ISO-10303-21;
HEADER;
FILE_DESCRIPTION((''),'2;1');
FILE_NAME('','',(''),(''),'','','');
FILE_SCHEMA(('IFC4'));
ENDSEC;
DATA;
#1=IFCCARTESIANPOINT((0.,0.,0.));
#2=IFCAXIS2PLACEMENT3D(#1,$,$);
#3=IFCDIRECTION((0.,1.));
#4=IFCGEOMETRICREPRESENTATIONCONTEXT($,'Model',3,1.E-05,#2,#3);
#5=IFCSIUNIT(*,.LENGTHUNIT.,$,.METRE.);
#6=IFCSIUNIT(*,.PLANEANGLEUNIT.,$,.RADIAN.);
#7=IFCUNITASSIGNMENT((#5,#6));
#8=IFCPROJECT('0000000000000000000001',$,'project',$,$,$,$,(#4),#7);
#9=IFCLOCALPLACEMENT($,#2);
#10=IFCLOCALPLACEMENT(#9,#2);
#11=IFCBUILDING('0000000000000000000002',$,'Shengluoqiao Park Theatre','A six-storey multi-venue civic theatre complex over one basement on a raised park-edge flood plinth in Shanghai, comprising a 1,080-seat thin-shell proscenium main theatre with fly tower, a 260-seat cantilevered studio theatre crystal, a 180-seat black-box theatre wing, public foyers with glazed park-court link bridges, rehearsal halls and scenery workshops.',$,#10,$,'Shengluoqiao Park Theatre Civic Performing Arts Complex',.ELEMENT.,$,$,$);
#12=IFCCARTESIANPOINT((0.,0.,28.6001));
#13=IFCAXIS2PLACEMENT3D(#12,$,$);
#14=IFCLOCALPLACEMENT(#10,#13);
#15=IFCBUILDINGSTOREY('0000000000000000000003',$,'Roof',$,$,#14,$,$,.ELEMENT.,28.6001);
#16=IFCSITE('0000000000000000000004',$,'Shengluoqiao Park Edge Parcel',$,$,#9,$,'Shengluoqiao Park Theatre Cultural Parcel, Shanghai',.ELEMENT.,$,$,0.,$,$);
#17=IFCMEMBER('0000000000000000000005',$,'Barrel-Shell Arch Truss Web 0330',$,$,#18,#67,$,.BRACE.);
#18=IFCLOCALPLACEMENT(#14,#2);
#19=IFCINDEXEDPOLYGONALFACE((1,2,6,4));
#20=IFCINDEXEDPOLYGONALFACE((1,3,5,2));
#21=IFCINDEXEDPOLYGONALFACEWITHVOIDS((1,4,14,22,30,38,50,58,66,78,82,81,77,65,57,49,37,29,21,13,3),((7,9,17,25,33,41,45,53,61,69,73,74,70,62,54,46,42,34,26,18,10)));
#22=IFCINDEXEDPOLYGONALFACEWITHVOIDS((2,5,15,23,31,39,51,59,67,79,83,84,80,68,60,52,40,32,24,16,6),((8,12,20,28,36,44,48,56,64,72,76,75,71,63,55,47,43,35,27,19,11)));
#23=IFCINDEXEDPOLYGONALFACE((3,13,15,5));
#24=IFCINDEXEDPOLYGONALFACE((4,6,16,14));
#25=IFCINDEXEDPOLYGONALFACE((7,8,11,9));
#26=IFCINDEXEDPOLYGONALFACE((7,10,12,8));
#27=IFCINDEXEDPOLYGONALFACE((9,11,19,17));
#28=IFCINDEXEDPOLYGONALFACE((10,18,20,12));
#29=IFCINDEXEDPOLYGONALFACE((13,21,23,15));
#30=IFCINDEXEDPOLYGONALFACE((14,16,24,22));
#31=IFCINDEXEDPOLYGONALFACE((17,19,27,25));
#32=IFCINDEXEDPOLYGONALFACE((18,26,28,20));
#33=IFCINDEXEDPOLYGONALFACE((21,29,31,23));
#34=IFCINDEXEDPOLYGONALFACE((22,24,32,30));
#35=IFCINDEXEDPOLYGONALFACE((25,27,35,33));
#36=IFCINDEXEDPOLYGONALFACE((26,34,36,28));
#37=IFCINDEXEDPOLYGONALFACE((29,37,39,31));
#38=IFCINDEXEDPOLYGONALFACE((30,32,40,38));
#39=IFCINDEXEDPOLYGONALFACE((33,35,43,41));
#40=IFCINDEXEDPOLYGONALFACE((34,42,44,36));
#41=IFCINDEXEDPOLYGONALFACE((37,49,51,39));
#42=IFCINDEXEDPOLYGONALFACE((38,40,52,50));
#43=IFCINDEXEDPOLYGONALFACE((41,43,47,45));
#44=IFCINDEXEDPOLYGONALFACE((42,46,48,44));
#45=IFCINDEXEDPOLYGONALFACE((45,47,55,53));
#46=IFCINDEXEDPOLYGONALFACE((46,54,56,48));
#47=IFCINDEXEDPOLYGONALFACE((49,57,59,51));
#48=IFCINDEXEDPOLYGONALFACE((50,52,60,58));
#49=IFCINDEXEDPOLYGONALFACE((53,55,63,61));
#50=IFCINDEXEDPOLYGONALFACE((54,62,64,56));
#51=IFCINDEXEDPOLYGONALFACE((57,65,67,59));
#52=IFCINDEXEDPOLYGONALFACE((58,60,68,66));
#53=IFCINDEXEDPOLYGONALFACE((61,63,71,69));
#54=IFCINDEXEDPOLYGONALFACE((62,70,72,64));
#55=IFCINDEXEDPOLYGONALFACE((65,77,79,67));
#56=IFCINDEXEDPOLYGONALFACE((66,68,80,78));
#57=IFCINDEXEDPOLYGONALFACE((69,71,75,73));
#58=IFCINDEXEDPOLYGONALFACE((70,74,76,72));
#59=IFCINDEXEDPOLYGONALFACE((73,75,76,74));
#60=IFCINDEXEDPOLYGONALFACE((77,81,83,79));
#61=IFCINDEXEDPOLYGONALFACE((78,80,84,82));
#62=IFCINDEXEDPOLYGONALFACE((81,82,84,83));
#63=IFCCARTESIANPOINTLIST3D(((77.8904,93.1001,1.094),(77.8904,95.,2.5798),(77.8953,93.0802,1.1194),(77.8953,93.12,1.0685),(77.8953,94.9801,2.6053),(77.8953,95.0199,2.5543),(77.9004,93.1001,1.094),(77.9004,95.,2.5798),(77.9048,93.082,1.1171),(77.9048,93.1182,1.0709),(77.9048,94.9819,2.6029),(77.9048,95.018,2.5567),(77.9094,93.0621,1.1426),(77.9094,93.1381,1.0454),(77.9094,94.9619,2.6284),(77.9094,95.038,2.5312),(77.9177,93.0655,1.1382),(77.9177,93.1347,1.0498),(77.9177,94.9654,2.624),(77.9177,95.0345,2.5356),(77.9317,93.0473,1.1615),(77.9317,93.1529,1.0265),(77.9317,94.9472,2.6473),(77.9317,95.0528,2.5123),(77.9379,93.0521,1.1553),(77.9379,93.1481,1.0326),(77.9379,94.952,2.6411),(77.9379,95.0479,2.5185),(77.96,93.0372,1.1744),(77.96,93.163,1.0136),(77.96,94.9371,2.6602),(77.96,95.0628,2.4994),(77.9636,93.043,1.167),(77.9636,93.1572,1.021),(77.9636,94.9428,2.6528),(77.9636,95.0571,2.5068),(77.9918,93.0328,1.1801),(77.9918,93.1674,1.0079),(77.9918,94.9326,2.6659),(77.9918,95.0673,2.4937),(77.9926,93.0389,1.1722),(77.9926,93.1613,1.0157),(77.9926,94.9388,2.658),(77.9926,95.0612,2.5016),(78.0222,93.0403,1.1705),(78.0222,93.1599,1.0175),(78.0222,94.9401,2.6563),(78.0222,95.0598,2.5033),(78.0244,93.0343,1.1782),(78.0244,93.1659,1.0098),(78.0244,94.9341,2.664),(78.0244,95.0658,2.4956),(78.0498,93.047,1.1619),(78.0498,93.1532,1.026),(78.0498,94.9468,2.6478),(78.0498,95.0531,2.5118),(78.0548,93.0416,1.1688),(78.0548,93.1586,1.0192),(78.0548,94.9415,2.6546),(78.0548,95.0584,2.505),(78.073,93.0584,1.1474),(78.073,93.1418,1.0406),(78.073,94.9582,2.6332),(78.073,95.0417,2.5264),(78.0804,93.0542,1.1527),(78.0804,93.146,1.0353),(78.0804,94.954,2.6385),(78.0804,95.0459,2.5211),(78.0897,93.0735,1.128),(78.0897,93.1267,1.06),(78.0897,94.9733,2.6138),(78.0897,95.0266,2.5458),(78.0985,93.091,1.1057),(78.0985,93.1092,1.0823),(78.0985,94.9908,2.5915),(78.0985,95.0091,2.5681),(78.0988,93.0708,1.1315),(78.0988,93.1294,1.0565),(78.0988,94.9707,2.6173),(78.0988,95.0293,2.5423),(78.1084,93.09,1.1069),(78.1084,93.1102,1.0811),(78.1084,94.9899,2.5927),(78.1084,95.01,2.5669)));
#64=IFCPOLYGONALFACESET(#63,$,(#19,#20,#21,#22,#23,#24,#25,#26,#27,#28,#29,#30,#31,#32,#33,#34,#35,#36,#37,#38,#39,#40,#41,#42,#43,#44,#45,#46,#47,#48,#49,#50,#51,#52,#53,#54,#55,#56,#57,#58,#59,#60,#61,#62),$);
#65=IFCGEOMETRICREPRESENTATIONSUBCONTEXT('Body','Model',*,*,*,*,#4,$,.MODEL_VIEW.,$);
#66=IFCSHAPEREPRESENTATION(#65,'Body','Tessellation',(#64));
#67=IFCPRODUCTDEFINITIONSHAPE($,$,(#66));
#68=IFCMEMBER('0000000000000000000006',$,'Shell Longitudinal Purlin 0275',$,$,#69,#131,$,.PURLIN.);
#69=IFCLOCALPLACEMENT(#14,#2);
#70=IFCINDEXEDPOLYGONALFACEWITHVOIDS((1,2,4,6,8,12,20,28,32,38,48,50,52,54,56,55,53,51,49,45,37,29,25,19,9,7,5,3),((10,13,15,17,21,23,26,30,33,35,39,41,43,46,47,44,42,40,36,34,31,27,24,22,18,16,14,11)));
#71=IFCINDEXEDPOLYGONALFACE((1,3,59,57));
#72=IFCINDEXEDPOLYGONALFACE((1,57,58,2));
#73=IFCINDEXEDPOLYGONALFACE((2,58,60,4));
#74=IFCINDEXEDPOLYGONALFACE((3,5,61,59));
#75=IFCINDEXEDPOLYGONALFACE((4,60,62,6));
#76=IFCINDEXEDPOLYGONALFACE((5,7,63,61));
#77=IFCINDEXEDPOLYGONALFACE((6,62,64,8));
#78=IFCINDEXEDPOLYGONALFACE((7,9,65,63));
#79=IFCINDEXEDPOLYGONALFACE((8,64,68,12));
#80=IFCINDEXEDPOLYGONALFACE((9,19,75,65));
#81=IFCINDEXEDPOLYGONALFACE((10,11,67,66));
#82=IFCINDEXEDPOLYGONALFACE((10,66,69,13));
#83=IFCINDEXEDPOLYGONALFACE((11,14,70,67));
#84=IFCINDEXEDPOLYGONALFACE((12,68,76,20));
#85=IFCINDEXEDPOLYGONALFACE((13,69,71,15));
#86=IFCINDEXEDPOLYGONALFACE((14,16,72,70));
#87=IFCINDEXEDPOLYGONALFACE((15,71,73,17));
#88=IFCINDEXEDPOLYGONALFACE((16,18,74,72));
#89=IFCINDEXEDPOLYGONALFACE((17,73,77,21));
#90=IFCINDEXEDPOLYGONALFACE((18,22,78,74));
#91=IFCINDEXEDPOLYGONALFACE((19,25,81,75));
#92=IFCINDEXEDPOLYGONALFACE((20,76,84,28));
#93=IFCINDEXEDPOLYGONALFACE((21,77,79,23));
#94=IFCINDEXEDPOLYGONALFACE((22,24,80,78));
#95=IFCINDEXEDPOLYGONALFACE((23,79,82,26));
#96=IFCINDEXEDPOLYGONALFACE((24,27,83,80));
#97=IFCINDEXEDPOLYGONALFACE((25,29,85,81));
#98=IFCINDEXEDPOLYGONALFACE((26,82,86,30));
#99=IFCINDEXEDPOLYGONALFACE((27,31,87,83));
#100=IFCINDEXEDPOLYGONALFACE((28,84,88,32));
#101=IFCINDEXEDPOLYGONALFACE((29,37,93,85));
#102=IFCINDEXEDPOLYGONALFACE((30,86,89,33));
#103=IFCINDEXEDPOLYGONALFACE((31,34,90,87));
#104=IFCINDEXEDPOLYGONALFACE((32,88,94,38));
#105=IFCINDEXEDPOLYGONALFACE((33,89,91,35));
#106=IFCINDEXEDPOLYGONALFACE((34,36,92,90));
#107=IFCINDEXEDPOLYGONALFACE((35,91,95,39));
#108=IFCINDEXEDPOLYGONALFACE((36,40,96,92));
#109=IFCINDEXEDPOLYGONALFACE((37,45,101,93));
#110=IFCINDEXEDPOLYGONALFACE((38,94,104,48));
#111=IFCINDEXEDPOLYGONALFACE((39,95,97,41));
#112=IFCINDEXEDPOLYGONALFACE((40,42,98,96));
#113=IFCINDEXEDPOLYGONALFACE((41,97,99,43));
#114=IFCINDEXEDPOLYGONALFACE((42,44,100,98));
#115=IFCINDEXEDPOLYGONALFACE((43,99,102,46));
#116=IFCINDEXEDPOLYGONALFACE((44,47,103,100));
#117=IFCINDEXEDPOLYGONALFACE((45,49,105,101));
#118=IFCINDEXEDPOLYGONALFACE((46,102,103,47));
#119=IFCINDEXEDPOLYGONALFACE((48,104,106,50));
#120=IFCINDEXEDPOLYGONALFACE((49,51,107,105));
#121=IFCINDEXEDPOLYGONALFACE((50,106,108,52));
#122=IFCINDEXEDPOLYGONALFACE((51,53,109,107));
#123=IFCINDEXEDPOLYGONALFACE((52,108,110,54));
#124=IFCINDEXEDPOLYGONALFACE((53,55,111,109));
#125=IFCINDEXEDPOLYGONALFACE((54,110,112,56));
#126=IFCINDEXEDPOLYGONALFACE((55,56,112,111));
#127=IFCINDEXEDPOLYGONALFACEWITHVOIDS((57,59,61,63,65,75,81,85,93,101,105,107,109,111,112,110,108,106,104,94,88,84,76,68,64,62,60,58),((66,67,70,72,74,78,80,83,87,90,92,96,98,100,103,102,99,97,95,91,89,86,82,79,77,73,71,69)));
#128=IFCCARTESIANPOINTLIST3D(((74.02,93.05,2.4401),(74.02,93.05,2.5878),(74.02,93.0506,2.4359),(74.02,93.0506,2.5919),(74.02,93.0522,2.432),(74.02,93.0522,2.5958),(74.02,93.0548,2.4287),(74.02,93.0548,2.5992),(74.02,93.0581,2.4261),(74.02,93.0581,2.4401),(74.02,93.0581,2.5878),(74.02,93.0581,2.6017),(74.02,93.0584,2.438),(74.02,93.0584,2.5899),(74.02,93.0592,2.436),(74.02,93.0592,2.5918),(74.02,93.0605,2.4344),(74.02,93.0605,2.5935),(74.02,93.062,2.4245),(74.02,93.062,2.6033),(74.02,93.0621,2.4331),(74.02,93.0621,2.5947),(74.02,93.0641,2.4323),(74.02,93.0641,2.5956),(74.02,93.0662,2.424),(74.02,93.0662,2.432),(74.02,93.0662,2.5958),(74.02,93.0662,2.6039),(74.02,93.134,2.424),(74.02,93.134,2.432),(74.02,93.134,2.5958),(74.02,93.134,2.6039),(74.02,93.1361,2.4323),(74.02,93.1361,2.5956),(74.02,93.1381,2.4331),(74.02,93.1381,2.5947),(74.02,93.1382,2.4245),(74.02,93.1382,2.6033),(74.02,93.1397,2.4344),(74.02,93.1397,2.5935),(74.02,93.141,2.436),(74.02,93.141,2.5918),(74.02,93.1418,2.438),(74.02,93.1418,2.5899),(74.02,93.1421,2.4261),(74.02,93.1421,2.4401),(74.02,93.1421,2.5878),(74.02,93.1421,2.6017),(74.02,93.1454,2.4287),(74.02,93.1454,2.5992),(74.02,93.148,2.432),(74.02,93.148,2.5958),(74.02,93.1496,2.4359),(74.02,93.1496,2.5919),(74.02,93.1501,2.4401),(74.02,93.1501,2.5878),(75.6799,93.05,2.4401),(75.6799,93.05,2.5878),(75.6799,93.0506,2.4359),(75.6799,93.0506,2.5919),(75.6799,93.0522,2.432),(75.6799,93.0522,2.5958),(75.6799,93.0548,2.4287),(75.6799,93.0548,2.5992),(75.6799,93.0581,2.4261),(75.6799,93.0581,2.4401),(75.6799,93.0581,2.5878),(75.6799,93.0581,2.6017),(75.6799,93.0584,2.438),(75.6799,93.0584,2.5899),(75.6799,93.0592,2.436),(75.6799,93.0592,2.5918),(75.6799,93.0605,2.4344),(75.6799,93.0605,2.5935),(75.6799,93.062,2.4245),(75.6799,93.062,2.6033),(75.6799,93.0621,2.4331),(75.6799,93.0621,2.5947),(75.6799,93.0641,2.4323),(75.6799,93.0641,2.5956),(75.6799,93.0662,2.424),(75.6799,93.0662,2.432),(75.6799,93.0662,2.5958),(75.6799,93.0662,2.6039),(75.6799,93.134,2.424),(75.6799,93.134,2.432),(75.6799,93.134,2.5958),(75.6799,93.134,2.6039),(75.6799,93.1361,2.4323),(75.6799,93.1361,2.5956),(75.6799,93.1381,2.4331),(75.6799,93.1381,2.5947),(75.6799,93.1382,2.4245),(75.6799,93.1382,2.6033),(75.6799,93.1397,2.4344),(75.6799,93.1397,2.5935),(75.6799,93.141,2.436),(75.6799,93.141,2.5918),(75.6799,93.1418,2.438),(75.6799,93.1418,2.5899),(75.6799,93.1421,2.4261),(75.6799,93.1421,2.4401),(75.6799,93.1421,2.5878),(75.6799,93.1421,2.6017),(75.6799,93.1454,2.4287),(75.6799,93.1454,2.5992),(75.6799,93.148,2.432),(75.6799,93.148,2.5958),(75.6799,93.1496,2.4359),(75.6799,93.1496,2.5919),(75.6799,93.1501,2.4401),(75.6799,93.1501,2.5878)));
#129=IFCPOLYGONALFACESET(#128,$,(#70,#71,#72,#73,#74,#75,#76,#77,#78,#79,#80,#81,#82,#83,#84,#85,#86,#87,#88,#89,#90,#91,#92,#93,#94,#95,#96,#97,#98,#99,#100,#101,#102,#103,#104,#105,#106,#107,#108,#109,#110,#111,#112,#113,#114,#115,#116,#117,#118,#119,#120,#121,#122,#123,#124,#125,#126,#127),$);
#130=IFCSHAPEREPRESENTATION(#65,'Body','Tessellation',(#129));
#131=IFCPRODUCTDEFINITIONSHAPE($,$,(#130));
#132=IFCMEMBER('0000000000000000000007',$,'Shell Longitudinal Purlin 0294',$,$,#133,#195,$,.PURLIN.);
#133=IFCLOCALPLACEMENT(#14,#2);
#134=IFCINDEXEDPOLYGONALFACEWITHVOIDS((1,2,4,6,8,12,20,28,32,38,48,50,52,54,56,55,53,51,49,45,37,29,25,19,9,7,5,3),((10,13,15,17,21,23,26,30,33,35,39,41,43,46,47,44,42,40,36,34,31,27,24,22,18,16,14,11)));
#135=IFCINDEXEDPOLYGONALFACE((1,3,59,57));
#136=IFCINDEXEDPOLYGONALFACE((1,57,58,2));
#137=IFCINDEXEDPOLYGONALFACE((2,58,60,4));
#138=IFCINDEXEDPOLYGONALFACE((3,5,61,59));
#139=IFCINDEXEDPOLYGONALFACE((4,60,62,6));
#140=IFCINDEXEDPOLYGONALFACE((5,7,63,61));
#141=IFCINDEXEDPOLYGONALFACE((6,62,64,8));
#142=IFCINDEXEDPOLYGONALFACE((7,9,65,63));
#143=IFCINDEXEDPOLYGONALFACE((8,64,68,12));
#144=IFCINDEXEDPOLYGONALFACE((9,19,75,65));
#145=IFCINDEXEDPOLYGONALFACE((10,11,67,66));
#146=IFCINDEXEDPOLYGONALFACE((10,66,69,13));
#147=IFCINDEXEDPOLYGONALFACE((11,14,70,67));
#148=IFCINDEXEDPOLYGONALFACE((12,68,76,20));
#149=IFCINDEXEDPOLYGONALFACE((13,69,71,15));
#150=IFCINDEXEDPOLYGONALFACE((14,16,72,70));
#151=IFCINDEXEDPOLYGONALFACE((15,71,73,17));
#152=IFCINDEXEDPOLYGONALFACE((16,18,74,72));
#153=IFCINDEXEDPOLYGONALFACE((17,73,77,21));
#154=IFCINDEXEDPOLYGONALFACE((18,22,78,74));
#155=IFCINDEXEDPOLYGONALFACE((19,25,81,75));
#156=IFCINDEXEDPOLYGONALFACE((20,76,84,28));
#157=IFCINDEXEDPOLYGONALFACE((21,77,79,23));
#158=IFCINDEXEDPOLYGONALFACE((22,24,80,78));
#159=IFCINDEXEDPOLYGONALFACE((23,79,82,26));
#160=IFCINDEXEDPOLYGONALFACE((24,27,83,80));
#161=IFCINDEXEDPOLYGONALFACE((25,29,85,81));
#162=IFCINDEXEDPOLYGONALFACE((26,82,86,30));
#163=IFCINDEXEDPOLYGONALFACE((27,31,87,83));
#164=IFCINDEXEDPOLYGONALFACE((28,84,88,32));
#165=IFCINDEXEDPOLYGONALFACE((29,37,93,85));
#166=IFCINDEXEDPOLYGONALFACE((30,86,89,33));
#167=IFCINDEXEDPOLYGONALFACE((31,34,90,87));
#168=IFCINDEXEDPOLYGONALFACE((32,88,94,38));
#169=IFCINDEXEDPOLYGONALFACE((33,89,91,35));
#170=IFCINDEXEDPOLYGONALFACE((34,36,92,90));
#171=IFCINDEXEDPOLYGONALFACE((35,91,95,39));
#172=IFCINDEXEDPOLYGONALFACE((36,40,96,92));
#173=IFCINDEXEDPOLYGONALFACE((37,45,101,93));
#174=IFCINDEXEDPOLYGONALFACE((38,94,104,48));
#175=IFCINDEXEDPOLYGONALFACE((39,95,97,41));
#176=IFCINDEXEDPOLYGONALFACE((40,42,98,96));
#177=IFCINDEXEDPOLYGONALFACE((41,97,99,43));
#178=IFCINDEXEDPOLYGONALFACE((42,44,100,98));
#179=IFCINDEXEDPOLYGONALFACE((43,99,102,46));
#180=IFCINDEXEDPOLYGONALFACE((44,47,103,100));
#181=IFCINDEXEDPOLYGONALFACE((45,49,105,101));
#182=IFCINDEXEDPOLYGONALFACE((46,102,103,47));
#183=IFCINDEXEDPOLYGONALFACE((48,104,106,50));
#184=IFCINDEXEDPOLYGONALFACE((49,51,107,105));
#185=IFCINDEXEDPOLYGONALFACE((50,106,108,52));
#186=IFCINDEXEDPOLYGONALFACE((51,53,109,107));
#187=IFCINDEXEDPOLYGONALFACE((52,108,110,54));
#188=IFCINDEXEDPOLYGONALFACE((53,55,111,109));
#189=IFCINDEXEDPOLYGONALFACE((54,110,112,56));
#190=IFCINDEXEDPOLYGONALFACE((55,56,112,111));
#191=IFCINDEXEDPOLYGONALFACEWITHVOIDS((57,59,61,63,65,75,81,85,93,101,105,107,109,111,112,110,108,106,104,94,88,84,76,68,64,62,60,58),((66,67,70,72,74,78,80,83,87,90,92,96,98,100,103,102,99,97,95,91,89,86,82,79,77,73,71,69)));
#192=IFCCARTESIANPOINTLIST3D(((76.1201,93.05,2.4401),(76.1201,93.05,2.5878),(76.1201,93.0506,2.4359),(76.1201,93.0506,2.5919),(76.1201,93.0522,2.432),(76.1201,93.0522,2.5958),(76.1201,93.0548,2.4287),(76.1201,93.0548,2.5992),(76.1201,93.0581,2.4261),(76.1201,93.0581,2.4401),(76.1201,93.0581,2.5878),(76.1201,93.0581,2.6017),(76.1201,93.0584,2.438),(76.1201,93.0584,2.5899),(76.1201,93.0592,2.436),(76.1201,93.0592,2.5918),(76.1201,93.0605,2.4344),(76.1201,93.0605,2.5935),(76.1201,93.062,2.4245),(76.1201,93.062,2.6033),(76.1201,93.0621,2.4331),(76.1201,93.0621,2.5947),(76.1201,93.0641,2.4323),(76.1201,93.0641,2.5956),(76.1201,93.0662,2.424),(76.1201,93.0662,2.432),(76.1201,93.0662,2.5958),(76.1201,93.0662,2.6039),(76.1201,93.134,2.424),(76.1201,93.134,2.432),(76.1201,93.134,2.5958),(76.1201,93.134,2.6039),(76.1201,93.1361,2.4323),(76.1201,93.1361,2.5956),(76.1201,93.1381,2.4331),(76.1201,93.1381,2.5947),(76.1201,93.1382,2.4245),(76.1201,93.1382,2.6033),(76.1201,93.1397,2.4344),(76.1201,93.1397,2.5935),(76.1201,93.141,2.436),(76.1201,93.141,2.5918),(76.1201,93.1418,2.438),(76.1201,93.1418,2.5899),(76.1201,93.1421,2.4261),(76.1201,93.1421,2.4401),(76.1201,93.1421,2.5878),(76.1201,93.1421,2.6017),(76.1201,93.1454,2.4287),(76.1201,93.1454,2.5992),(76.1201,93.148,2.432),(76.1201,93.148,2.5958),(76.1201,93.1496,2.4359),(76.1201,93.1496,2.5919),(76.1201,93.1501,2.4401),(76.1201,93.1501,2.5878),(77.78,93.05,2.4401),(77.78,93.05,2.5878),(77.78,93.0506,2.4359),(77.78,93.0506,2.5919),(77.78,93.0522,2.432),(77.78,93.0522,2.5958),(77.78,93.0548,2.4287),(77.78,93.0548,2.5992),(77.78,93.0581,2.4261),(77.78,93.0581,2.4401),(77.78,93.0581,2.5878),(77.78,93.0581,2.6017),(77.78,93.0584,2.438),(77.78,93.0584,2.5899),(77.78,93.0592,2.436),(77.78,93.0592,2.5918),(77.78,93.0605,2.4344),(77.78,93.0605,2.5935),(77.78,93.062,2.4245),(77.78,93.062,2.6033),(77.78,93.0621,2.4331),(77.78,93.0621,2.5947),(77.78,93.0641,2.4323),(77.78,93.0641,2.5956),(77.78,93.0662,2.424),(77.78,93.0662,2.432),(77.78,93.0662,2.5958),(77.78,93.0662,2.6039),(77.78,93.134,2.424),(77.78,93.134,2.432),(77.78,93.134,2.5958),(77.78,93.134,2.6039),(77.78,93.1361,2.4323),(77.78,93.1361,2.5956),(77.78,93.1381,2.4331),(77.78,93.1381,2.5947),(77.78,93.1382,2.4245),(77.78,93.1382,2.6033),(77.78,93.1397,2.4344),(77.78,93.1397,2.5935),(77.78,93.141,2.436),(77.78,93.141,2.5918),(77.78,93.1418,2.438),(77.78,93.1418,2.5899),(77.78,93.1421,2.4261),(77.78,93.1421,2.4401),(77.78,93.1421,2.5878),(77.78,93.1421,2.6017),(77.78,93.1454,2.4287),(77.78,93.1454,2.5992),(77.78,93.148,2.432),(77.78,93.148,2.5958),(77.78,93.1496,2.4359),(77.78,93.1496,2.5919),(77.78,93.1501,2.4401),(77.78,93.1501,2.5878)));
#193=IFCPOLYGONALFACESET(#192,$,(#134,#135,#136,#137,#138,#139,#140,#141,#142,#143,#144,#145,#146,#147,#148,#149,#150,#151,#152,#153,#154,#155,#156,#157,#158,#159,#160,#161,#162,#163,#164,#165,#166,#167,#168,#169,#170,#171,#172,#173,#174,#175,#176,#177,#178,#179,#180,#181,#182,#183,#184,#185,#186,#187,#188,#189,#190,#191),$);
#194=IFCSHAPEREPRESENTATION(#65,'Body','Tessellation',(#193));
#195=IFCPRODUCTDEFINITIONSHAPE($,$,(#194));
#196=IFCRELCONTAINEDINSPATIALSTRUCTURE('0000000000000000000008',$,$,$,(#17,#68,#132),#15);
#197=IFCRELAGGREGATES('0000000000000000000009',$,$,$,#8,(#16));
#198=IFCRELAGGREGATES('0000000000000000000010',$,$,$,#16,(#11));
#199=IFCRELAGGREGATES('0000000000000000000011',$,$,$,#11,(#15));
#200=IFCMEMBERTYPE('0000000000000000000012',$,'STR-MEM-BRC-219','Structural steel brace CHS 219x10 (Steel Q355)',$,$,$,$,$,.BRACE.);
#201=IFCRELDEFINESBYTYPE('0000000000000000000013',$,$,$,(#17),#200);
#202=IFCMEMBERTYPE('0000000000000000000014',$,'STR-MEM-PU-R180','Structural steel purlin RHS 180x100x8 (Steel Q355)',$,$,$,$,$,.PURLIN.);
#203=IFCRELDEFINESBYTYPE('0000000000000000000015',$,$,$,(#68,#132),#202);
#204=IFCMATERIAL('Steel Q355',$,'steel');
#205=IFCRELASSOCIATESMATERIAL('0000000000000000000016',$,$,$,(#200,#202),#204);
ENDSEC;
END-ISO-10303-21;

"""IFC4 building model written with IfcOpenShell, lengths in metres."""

from ifc_helpers import new_model, si_unit, direction, frame, origin, origin_2d, place, context, subcontext, project, spatial, hollow_rectangle, hollow_circle, extrude, material, material_profile, profile_set, type_object, element, save


model = new_model("IFC4")

# Units and contexts
model_context = context("Model", 3, precision=1e-05, world=origin(), true_north=direction((0.0, 1.0)))
body_context = subcontext(model_context, "Body", "Model", "MODEL_VIEW")
ifc_project = project(units=[si_unit("LENGTHUNIT", "METRE"), si_unit("PLANEANGLEUNIT", "RADIAN")], contexts=[model_context])

# Site, building, storey
site_placement = place(None, origin())
site = spatial("IfcSite", under=ifc_project, at=site_placement, Name="Shengluoqiao Park Edge Parcel", LongName="Shengluoqiao Park Theatre Cultural Parcel, Shanghai", CompositionType="ELEMENT", RefElevation=0.0)
building_placement = place(site_placement, origin())
building = spatial("IfcBuilding", under=site, at=building_placement, Name="Shengluoqiao Park Theatre", Description="A six-storey multi-venue civic theatre complex over one basement on a raised park-edge flood plinth in Shanghai, comprising a 1,080-seat thin-shell proscenium main theatre with fly tower, a 260-seat cantilevered studio theatre crystal, a 180-seat black-box theatre wing, public foyers with glazed park-court link bridges, rehearsal halls and scenery workshops.", LongName="Shengluoqiao Park Theatre Civic Performing Arts Complex", CompositionType="ELEMENT")
storey_placement = place(building_placement, frame((0.0, 0.0, 28.6001)))
storey = spatial("IfcBuildingStorey", under=building, at=storey_placement, Name="Roof", CompositionType="ELEMENT", Elevation=28.6001)

# Shared definitions
ifc_material_1 = material(Name="Steel Q355", Category="steel")

# Members
ifc_material_profile_1 = material_profile(ifc_material_1, hollow_circle(Radius=0.1096, WallThickness=0.01, at=origin_2d()), Name="CHS 219x10")
ifc_profile_set_1 = profile_set([ifc_material_profile_1], Name="Steel Q355")
member_type_1 = type_object("IfcMemberType", Name="STR-MEM-BRC-219", Description="Structural steel brace CHS 219x10 (Steel Q355)", PredefinedType="BRACE", material=ifc_profile_set_1)
member_1_placement = place(storey_placement, frame((78.0, 93.1001, 1.094), z_axis=(0.0, 0.787714, 0.616041), x_axis=(-1.0, 0.0, 0.0)))
element("IfcMember", 1, at=member_1_placement, inside=storey, type_object=member_type_1, Name="Barrel-Shell Arch Truss Web 0330", PredefinedType="BRACE", context=body_context, shape_type="SweptSolid", body=[
    extrude(hollow_circle(Radius=0.1096, WallThickness=0.01, at=origin_2d()), origin(), (0.0, 0.0, 1.0), 2.4119),
])
ifc_material_profile_2 = material_profile(ifc_material_1, hollow_rectangle(XDim=0.1001, YDim=0.1799, WallThickness=0.0081, InnerFilletRadius=0.0081, OuterFilletRadius=0.0161, at=origin_2d()), Name="RHS 180x100x8")
ifc_profile_set_2 = profile_set([ifc_material_profile_2], Name="Steel Q355")
member_type_2 = type_object("IfcMemberType", Name="STR-MEM-PU-R180", Description="Structural steel purlin RHS 180x100x8 (Steel Q355)", PredefinedType="PURLIN", material=ifc_profile_set_2)
for number, where, z_axis, x_axis, name in (
    (2, (74.02, 93.1001, 2.5139), (1.0, 0.0, 0.0), (0.0, 1.0, 0.0), "Shell Longitudinal Purlin 0275"),
    (3, (76.1201, 93.1001, 2.5139), (1.0, 0.0, 0.0), (0.0, 1.0, 0.0), "Shell Longitudinal Purlin 0294"),
):
    element("IfcMember", number, at=place(storey_placement, frame(where, z_axis=z_axis, x_axis=x_axis)), inside=storey, type_object=member_type_2, Name=name, PredefinedType="PURLIN", context=body_context, shape_type="SweptSolid", body=[
        extrude(hollow_rectangle(XDim=0.1001, YDim=0.1799, WallThickness=0.0081, InnerFilletRadius=0.0081, OuterFilletRadius=0.0161, at=origin_2d()), origin(), (0.0, 0.0, 1.0), 1.6599),
    ])

save(model, "model.ifc")
